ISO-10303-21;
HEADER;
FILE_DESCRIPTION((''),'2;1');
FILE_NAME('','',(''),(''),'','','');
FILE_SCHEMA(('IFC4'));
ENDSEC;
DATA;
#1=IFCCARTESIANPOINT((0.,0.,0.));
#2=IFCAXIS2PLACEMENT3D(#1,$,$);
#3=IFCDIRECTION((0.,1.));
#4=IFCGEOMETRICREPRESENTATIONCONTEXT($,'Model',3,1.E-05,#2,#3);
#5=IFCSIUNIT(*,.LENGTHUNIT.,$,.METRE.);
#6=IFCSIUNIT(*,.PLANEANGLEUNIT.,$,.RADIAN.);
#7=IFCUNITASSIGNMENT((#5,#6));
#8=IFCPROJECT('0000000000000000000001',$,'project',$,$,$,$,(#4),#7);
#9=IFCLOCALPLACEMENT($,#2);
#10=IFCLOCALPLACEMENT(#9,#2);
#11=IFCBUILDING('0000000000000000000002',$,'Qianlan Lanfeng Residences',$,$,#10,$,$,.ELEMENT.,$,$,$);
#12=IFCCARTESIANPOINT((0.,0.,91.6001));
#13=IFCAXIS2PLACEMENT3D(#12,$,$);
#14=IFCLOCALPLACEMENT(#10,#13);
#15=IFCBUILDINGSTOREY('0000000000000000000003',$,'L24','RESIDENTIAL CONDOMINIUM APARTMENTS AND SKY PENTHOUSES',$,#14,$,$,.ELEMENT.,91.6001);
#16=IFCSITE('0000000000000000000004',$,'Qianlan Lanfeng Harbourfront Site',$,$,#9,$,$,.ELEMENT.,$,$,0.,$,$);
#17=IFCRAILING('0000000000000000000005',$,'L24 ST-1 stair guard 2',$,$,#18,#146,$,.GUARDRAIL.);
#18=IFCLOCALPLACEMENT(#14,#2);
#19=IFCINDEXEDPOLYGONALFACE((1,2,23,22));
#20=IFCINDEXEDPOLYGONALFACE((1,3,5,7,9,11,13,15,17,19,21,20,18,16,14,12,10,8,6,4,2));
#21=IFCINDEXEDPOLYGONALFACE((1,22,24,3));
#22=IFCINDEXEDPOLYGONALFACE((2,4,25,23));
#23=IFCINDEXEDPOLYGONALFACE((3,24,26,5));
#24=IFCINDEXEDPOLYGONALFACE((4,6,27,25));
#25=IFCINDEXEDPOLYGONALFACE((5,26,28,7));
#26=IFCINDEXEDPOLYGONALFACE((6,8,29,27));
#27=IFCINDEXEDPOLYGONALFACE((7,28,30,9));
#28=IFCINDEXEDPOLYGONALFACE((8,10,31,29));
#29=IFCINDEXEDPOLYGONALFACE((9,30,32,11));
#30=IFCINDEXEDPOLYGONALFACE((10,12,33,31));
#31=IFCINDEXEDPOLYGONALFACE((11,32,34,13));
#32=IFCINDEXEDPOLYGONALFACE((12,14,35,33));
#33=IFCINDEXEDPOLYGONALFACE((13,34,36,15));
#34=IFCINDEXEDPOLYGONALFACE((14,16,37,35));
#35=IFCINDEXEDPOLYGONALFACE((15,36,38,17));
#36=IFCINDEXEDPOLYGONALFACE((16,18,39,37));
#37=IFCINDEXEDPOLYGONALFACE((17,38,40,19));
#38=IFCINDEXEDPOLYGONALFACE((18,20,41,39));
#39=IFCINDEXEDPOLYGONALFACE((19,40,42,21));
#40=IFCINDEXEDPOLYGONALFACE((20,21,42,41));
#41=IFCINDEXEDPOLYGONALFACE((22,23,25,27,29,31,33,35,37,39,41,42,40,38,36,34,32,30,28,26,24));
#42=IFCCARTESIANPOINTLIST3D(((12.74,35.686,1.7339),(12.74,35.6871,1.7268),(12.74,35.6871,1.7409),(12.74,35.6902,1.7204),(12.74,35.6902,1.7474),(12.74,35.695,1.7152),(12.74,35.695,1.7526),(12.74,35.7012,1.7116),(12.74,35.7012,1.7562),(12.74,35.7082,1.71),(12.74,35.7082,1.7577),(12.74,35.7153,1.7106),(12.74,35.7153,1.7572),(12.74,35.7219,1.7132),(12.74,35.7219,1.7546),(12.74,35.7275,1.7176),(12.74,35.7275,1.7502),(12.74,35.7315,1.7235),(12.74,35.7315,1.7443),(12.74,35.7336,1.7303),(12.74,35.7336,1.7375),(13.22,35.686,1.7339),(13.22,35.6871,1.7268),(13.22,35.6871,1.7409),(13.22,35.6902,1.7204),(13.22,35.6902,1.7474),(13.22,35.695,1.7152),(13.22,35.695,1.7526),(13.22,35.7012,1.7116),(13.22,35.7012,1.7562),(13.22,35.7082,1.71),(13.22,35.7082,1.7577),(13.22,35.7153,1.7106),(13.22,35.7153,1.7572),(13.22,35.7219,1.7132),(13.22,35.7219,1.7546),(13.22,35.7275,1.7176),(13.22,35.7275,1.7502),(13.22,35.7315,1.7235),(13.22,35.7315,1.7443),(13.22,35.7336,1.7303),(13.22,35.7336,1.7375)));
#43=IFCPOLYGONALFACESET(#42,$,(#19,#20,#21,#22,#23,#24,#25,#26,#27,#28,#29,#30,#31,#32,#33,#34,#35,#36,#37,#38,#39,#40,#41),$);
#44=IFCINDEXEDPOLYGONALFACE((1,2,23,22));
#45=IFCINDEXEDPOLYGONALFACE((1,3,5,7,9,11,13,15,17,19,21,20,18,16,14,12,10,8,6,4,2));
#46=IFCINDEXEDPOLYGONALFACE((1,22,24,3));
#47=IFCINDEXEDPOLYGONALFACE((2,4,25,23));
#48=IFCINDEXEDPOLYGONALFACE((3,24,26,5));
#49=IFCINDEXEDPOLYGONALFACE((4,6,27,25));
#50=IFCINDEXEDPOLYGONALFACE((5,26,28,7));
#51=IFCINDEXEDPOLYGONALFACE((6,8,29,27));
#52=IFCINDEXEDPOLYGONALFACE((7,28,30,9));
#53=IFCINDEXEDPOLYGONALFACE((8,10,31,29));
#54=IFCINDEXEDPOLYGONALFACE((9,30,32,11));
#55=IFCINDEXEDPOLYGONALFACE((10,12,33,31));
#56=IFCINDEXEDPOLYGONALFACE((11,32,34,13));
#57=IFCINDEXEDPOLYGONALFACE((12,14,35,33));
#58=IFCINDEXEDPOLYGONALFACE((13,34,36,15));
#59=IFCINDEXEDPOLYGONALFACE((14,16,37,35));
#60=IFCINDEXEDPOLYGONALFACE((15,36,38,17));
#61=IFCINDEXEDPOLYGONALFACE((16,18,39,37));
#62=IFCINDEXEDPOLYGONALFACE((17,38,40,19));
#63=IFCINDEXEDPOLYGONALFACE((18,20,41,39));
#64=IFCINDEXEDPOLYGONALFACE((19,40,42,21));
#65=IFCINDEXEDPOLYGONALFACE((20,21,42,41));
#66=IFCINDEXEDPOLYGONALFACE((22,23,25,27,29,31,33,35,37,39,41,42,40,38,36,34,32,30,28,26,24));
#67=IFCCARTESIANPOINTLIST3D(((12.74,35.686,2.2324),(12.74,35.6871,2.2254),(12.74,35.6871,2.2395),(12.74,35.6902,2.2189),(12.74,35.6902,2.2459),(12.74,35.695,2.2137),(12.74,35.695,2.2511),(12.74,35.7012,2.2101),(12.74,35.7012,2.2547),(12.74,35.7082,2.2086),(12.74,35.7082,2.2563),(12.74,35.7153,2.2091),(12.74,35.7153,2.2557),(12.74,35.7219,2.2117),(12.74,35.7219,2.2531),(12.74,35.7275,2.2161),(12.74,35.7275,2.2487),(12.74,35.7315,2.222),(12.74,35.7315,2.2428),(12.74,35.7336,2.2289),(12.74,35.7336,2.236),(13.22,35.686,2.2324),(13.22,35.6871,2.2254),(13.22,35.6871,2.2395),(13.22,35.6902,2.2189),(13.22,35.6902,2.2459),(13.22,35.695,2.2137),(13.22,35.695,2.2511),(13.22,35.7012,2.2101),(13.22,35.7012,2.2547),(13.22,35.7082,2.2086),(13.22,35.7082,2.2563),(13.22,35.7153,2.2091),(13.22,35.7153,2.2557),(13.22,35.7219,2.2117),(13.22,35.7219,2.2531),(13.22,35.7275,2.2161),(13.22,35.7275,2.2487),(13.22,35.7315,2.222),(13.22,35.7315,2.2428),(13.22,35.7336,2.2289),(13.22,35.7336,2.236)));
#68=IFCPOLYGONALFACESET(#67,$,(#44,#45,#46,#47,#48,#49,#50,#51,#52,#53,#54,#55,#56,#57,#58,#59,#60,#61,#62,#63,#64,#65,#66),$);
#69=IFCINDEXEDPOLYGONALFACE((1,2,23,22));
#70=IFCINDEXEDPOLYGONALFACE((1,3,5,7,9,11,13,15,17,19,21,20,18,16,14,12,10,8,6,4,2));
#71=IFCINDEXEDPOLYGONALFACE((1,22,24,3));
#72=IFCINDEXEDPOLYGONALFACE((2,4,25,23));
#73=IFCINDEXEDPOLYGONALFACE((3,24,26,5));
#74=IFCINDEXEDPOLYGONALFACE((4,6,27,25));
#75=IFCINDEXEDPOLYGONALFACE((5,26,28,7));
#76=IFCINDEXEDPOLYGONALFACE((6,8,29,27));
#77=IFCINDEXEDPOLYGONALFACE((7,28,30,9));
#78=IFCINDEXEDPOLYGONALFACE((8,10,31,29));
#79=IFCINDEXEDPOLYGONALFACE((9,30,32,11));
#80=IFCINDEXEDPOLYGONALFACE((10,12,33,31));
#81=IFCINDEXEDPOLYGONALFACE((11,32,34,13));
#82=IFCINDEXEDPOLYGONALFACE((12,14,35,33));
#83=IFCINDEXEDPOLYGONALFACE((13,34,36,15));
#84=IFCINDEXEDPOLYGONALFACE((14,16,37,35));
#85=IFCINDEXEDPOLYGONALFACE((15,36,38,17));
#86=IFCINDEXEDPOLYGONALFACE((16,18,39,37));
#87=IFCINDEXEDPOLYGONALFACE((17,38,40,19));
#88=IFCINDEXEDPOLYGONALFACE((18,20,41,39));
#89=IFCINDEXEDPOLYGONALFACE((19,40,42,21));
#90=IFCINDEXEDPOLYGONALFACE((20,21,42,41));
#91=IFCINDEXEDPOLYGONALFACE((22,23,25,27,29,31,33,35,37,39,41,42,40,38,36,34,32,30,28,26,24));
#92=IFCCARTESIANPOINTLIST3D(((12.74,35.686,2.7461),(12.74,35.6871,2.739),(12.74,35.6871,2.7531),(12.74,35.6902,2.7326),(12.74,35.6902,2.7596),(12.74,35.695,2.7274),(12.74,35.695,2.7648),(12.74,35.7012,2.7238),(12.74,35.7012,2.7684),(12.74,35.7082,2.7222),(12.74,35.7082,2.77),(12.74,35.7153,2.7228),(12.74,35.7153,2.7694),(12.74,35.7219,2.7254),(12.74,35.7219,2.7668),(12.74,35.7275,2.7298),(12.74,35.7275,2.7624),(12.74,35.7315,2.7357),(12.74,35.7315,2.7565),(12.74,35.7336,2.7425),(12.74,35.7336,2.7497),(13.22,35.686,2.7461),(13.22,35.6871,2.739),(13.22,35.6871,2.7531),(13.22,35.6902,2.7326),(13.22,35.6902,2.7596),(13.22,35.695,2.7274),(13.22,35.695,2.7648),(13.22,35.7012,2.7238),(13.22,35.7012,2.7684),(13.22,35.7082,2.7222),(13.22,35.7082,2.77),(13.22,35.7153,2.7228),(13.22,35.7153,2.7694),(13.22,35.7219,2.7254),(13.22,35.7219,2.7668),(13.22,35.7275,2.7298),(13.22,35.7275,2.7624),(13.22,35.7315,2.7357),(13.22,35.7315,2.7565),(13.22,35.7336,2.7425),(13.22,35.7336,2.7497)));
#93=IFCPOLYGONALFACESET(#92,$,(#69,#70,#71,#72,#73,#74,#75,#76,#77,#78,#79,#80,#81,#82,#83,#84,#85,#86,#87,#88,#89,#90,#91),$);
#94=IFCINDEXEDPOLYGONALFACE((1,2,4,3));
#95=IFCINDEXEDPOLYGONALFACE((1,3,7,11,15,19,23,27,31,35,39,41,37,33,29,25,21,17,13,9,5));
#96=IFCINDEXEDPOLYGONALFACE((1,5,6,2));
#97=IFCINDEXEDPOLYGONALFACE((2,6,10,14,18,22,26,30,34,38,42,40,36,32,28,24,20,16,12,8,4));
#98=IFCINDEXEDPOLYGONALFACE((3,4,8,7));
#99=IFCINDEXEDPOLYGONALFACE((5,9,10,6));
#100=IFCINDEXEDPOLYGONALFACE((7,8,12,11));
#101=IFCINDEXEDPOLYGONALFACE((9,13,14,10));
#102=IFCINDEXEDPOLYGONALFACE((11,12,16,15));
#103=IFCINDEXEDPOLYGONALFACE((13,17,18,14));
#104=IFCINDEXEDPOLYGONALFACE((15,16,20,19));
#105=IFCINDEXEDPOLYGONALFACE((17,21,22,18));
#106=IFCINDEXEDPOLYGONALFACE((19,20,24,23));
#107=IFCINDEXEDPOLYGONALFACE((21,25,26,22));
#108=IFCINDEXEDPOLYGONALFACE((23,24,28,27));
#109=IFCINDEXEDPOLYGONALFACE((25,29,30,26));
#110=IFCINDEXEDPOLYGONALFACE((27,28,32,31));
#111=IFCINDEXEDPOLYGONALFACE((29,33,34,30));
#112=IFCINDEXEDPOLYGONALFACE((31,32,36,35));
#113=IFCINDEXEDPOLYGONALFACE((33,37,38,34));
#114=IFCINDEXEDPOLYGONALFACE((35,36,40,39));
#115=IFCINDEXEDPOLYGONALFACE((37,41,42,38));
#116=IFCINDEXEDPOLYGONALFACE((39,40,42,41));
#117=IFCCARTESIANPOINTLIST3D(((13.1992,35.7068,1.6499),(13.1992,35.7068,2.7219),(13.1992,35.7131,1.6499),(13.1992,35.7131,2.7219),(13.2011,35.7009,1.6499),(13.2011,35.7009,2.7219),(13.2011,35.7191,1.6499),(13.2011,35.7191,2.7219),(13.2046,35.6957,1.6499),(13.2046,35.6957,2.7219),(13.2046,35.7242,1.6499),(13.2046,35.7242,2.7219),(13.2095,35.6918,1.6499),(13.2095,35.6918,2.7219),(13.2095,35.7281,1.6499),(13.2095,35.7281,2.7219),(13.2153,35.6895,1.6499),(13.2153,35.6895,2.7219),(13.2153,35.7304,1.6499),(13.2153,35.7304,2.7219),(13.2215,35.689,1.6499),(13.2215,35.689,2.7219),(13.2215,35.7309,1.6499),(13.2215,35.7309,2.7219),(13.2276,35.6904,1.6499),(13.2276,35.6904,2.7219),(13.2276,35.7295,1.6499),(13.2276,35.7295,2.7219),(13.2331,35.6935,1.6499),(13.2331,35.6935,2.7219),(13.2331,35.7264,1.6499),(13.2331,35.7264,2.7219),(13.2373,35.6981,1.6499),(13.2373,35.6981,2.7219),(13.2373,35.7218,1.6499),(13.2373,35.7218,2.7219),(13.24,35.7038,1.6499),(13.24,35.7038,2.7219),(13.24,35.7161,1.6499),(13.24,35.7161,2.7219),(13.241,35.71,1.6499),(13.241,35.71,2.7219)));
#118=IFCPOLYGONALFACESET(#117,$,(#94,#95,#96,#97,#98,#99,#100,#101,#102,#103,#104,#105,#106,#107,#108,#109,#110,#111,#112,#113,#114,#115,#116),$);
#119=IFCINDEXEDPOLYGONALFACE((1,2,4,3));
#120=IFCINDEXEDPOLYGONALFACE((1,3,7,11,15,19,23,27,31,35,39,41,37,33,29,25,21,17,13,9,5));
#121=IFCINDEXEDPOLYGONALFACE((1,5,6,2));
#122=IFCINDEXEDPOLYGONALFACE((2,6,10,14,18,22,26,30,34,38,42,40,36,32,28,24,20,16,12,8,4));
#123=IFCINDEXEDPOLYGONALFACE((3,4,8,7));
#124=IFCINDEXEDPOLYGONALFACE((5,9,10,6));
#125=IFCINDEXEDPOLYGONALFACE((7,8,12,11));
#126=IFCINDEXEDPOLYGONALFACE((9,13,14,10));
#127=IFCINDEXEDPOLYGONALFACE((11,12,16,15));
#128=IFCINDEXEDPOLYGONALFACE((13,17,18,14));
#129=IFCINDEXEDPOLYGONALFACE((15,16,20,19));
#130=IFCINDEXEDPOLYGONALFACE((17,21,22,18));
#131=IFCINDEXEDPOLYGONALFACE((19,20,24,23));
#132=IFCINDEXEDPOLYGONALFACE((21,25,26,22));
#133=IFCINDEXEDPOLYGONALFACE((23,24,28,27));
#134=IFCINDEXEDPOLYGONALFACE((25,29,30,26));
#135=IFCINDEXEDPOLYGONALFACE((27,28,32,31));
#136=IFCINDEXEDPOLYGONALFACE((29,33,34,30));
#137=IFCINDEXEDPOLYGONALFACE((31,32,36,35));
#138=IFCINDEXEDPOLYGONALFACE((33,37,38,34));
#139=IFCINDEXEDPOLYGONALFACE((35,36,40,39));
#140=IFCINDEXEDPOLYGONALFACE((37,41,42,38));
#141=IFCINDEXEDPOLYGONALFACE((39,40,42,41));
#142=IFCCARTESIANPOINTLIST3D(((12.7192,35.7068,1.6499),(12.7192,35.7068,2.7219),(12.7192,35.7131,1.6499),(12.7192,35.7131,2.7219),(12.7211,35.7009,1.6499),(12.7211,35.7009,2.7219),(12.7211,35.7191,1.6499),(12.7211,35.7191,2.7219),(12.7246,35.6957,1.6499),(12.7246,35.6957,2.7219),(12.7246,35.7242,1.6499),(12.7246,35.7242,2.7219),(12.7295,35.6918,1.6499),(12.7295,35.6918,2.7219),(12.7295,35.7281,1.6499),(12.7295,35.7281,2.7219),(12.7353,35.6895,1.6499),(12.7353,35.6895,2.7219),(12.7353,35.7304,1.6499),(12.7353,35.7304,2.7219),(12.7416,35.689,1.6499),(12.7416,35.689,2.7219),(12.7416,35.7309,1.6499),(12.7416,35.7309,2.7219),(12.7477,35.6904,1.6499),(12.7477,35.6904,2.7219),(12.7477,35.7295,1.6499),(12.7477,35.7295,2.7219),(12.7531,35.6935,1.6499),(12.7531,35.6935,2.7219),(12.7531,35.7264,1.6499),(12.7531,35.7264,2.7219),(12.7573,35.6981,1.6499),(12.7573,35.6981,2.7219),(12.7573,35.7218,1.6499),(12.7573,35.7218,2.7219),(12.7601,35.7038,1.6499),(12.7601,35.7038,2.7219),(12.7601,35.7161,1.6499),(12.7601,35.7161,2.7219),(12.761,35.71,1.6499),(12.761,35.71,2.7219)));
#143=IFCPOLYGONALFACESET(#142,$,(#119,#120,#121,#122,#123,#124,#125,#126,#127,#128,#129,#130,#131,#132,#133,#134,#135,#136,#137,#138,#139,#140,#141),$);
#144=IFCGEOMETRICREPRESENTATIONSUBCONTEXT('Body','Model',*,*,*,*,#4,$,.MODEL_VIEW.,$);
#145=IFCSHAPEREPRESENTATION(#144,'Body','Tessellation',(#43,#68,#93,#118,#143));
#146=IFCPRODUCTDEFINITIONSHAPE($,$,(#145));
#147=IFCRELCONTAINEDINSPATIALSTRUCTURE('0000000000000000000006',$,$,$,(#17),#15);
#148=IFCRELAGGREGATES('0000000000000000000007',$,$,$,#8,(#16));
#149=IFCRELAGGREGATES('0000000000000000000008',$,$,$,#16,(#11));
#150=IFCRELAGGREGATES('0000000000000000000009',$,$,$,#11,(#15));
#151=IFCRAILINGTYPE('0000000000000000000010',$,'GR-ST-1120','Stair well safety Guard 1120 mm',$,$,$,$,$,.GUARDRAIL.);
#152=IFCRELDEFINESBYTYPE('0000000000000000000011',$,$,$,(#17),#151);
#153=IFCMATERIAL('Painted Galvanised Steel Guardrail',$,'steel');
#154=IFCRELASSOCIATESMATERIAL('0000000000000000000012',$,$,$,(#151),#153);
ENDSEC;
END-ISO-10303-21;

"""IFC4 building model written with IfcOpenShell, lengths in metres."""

from ifc_helpers import new_model, si_unit, direction, frame, origin, origin_2d, place, context, subcontext, project, spatial, circle, extrude, material, type_object, element, save


model = new_model("IFC4")

# Units and contexts
model_context = context("Model", 3, precision=1e-05, world=origin(), true_north=direction((0.0, 1.0)))
body_context = subcontext(model_context, "Body", "Model", "MODEL_VIEW")
ifc_project = project(units=[si_unit("LENGTHUNIT", "METRE"), si_unit("PLANEANGLEUNIT", "RADIAN")], contexts=[model_context])

# Site, building, storey
site_placement = place(None, origin())
site = spatial("IfcSite", under=ifc_project, at=site_placement, Name="Qianlan Lanfeng Harbourfront Site", CompositionType="ELEMENT", RefElevation=0.0)
building_placement = place(site_placement, origin())
building = spatial("IfcBuilding", under=site, at=building_placement, Name="Qianlan Lanfeng Residences", CompositionType="ELEMENT")
storey_placement = place(building_placement, frame((0.0, 0.0, 91.6001)))
storey = spatial("IfcBuildingStorey", under=building, at=storey_placement, Name="L24", Description="RESIDENTIAL CONDOMINIUM APARTMENTS AND SKY PENTHOUSES", CompositionType="ELEMENT", Elevation=91.6001)

# Railing
ifc_material_1 = material(Name="Painted Galvanised Steel Guardrail", Category="steel")
railing_type_1 = type_object("IfcRailingType", Name="GR-ST-1120", Description="Stair well safety Guard 1120 mm", PredefinedType="GUARDRAIL", material=ifc_material_1)
railing_1_placement = place(storey_placement, frame((13.22, 35.71, 1.6499)))
element("IfcRailing", 1, at=railing_1_placement, inside=storey, type_object=railing_type_1, Name="L24 ST-1 stair guard 2", PredefinedType="GUARDRAIL", context=body_context, shape_type="SweptSolid", body=[
    extrude(circle(Radius=0.0239, at=origin_2d()), frame((0.0, 0.0, 0.084), z_axis=(-1.0, 0.0, 0.0), x_axis=(0.0, -1.0, 0.0)), (0.0, 0.0, 1.0), 0.48),
    extrude(circle(Radius=0.0239, at=origin_2d()), frame((0.0, 0.0, 0.5825), z_axis=(-1.0, 0.0, 0.0), x_axis=(0.0, -1.0, 0.0)), (0.0, 0.0, 1.0), 0.48),
    extrude(circle(Radius=0.0239, at=origin_2d()), frame((0.0, 0.0, 1.0962), z_axis=(-1.0, 0.0, 0.0), x_axis=(0.0, -1.0, 0.0)), (0.0, 0.0, 1.0), 0.48),
    extrude(circle(Radius=0.021, at=origin_2d()), origin(), (0.0, 0.0, 1.0), 1.072),
    extrude(circle(Radius=0.021, at=origin_2d()), frame((-0.48, 0.0, 0.0)), (0.0, 0.0, 1.0), 1.072),
])

save(model, "model.ifc")
